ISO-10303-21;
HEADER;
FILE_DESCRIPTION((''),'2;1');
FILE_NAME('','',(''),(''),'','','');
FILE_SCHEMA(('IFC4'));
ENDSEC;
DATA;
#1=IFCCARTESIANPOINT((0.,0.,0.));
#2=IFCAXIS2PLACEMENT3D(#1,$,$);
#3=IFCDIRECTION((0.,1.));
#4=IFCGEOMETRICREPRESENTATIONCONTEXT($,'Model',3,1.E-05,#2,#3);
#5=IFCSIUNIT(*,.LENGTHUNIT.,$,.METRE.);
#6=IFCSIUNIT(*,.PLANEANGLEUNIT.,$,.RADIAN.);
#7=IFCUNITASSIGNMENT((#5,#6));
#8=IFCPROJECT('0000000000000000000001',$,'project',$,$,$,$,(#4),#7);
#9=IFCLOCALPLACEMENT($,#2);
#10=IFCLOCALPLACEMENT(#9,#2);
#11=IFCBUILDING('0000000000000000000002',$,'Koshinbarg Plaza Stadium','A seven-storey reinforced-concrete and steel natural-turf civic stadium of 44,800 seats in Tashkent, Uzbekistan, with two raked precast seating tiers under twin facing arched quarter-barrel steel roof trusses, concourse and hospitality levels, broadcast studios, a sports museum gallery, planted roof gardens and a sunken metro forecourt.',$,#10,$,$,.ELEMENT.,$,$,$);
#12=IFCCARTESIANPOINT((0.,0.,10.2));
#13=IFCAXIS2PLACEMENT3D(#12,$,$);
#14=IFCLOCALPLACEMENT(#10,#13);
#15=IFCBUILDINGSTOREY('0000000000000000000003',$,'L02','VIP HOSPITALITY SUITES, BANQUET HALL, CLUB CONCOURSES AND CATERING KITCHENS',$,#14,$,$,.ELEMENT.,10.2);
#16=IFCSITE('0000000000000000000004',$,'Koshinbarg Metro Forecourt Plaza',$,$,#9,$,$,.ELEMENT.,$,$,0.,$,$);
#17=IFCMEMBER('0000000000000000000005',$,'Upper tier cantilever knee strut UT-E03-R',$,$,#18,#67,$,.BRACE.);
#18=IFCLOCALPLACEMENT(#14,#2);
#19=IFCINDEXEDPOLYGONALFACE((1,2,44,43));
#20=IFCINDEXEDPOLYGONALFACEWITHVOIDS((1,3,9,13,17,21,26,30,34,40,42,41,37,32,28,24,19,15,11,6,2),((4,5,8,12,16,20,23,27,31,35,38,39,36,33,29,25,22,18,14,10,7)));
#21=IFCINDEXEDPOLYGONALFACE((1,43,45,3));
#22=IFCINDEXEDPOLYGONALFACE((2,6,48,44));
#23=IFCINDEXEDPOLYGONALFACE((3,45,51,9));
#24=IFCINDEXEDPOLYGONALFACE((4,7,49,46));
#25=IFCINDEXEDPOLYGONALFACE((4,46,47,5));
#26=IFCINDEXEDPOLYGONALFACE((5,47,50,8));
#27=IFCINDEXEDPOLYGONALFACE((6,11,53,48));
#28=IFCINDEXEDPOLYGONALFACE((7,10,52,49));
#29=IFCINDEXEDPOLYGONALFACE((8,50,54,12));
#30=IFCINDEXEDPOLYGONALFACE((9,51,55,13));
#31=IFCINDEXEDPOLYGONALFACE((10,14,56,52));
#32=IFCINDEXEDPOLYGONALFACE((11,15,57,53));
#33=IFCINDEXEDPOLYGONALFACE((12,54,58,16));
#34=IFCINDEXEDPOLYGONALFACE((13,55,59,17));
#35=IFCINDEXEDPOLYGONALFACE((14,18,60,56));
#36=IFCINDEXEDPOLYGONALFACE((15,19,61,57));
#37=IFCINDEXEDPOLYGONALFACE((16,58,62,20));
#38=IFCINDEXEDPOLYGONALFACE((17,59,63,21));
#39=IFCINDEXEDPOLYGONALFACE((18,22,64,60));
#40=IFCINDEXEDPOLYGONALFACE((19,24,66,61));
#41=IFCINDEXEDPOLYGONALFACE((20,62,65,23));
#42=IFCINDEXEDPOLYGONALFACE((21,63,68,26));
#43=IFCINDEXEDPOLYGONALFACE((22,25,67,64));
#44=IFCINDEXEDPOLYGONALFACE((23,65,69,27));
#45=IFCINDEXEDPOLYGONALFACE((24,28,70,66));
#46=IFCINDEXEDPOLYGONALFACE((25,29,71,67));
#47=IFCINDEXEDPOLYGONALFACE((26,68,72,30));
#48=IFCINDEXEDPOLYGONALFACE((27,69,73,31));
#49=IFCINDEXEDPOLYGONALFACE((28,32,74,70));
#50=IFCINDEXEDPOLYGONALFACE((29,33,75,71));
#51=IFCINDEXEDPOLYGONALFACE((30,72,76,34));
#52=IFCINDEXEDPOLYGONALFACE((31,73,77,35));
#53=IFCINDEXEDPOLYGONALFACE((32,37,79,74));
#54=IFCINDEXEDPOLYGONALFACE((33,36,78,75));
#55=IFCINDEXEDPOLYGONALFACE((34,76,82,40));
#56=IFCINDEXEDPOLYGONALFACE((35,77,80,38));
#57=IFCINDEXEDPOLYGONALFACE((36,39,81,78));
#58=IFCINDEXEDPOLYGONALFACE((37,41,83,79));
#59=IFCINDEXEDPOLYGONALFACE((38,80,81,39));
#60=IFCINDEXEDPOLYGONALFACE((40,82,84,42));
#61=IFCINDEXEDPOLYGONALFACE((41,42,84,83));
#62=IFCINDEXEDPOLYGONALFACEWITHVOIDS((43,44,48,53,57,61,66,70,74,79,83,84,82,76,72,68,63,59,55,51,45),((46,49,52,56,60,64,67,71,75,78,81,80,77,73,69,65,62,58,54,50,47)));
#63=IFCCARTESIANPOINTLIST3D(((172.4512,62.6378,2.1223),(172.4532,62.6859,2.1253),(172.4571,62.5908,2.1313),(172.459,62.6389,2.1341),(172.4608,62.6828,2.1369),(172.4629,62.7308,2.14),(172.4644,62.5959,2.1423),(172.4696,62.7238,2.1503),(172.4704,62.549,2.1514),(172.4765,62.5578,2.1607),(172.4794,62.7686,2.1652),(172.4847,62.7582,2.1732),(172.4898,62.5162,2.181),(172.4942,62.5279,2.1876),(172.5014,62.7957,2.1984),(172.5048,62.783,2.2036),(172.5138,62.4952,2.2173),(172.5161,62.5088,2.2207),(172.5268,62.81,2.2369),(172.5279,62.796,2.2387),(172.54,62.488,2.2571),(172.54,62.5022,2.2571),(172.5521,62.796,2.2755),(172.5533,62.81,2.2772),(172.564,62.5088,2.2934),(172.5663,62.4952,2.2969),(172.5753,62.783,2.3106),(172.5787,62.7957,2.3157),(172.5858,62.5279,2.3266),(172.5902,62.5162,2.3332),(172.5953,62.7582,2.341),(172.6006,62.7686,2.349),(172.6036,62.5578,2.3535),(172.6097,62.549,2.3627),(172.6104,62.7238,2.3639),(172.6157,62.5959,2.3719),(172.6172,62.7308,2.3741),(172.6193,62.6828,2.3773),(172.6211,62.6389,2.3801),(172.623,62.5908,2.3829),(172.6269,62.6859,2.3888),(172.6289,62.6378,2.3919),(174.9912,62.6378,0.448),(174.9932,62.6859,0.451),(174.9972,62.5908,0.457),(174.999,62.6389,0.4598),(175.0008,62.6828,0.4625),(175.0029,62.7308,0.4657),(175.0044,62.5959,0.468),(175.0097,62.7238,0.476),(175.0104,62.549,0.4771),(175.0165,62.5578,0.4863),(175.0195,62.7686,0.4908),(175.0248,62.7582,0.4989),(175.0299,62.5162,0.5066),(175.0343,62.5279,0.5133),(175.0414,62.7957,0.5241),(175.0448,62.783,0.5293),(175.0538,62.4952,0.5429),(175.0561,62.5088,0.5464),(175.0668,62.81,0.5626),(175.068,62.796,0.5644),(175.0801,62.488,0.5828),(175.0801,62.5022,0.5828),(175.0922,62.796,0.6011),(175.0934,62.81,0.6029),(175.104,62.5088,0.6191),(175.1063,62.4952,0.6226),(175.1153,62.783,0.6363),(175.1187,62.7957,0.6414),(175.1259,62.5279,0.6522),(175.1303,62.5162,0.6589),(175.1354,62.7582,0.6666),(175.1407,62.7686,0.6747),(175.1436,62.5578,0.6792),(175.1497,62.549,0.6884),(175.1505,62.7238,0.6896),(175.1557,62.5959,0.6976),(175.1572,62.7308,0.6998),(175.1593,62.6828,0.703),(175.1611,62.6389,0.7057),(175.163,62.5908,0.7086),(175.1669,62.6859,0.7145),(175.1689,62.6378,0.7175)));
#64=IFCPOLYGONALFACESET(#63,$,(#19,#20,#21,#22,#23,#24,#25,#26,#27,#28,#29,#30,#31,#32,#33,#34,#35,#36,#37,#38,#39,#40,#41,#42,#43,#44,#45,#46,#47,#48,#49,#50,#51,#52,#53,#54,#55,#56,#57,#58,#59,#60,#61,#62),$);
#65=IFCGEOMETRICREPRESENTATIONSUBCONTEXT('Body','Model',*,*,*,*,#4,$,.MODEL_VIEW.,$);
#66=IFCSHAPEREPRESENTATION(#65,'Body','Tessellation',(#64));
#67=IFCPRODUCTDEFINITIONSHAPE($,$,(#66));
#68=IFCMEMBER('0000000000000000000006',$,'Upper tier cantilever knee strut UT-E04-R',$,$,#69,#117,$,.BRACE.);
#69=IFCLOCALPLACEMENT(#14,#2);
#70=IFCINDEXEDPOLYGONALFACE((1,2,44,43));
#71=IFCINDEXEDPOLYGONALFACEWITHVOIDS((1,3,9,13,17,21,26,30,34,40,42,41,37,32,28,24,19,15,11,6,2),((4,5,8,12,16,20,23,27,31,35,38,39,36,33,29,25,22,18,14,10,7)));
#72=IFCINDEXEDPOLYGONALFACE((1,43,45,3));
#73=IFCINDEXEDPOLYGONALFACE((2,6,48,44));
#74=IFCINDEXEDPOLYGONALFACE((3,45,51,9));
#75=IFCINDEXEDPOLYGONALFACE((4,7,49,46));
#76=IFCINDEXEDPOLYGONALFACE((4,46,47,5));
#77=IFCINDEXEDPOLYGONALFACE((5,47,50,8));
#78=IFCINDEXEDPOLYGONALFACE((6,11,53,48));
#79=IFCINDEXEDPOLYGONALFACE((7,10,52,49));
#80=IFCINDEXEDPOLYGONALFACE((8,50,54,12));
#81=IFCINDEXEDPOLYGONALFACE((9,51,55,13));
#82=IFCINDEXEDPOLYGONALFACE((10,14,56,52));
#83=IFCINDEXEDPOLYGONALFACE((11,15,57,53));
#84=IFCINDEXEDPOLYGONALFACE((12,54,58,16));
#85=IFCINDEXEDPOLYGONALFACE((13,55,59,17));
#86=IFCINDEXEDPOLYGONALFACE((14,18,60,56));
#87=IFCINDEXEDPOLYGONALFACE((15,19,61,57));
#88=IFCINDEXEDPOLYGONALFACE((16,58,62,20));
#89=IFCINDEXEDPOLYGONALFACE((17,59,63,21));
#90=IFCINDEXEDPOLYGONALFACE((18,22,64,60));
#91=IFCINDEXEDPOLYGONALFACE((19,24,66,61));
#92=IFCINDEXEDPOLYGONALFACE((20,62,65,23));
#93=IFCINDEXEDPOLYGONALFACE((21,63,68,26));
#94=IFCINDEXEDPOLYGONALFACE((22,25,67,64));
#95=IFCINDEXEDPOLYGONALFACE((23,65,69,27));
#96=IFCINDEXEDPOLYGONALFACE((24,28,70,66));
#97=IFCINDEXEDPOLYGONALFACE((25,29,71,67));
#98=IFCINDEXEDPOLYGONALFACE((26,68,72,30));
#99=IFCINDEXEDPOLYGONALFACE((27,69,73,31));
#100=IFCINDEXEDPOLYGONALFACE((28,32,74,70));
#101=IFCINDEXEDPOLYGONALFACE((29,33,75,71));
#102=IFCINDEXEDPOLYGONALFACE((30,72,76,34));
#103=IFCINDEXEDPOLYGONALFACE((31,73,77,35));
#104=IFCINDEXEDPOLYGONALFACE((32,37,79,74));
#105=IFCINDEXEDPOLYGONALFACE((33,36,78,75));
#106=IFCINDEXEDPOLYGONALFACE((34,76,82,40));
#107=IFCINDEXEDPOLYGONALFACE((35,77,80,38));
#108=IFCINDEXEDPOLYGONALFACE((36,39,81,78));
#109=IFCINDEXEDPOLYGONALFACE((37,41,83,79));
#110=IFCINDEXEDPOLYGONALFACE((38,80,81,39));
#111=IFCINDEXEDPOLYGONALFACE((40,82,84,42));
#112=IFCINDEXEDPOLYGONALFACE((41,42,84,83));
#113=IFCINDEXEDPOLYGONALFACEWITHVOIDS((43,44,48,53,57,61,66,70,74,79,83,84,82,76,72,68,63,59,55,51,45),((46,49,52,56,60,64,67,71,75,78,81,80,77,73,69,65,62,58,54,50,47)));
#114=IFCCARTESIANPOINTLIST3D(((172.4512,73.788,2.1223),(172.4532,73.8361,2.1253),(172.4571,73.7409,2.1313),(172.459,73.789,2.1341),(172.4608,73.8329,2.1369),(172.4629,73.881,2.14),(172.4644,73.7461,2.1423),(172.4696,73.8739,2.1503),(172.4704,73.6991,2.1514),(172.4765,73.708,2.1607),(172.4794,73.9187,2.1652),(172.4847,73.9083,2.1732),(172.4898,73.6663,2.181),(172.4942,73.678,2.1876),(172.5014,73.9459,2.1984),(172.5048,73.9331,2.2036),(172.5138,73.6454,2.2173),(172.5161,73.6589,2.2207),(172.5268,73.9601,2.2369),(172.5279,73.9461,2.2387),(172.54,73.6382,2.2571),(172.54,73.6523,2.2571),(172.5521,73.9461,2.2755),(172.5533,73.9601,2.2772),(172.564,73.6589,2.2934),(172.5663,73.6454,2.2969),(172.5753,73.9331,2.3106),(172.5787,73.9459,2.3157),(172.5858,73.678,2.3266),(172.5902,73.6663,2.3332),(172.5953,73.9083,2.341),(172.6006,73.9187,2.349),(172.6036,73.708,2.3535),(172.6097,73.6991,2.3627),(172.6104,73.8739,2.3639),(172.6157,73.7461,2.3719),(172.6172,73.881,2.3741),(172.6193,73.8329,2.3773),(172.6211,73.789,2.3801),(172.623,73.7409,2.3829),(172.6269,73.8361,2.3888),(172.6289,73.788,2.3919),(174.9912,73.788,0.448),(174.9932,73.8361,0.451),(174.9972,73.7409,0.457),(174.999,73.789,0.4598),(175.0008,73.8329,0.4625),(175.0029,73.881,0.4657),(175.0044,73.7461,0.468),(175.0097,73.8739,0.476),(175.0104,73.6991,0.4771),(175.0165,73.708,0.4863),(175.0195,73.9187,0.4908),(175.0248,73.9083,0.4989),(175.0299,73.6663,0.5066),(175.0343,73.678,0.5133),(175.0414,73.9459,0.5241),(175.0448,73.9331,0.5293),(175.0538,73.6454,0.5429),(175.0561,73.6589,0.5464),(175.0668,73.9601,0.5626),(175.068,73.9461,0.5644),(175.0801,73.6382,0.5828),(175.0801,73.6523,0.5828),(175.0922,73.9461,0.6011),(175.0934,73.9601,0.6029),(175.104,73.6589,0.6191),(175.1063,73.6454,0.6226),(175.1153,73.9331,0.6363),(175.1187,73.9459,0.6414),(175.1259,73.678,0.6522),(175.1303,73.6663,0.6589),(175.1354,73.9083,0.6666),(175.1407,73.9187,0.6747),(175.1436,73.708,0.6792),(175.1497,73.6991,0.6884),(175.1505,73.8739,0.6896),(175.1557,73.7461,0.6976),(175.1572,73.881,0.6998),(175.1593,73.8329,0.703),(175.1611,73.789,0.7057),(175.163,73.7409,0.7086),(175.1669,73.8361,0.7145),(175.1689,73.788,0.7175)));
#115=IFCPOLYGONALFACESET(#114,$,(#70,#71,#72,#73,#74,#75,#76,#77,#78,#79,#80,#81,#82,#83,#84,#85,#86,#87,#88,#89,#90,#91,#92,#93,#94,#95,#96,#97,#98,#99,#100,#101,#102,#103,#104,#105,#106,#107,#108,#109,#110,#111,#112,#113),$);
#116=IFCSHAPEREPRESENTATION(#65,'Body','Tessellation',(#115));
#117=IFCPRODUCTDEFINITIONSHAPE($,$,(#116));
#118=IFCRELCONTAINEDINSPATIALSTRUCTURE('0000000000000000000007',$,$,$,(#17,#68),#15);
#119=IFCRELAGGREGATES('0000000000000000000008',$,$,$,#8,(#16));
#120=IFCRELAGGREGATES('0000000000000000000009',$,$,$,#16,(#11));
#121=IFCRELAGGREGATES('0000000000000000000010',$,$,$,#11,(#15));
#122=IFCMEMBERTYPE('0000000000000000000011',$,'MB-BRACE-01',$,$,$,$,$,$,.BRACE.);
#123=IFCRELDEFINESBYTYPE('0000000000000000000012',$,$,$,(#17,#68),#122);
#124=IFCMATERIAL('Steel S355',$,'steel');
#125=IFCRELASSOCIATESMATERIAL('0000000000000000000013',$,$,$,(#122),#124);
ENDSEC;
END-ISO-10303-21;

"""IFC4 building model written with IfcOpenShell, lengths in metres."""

from ifc_helpers import new_model, si_unit, direction, frame, origin, origin_2d, place, context, subcontext, project, spatial, hollow_circle, extrude, material, material_profile, profile_set, type_object, element, save


model = new_model("IFC4")

# Units and contexts
model_context = context("Model", 3, precision=1e-05, world=origin(), true_north=direction((0.0, 1.0)))
body_context = subcontext(model_context, "Body", "Model", "MODEL_VIEW")
ifc_project = project(units=[si_unit("LENGTHUNIT", "METRE"), si_unit("PLANEANGLEUNIT", "RADIAN")], contexts=[model_context])

# Site, building, storey
site_placement = place(None, origin())
site = spatial("IfcSite", under=ifc_project, at=site_placement, Name="Koshinbarg Metro Forecourt Plaza", CompositionType="ELEMENT", RefElevation=0.0)
building_placement = place(site_placement, origin())
building = spatial("IfcBuilding", under=site, at=building_placement, Name="Koshinbarg Plaza Stadium", Description="A seven-storey reinforced-concrete and steel natural-turf civic stadium of 44,800 seats in Tashkent, Uzbekistan, with two raked precast seating tiers under twin facing arched quarter-barrel steel roof trusses, concourse and hospitality levels, broadcast studios, a sports museum gallery, planted roof gardens and a sunken metro forecourt.", CompositionType="ELEMENT")
storey_placement = place(building_placement, frame((0.0, 0.0, 10.2)))
storey = spatial("IfcBuildingStorey", under=building, at=storey_placement, Name="L02", Description="VIP HOSPITALITY SUITES, BANQUET HALL, CLUB CONCOURSES AND CATERING KITCHENS", CompositionType="ELEMENT", Elevation=10.2)

# Shared definitions
ifc_material_1 = material(Name="Steel S355", Category="steel")

# Members
ifc_material_profile_1 = material_profile(ifc_material_1, hollow_circle(Radius=0.1619, WallThickness=0.0142, at=origin_2d()), Name="CHS 323.9x14.2")
ifc_profile_set_1 = profile_set([ifc_material_profile_1], Name="Steel S355")
member_type = type_object("IfcMemberType", Name="MB-BRACE-01", PredefinedType="BRACE", material=ifc_profile_set_1)
for number, where, z_axis, x_axis, name in (
    (1, (175.0801, 62.6499, 0.5828), (-0.834928, 0.0, 0.550359), (0.0, -1.0, 0.0), "Upper tier cantilever knee strut UT-E03-R"),
    (2, (175.0801, 73.8, 0.5828), (-0.834928, 0.0, 0.550359), (0.0, -1.0, 0.0), "Upper tier cantilever knee strut UT-E04-R"),
):
    element("IfcMember", number, at=place(storey_placement, frame(where, z_axis=z_axis, x_axis=x_axis)), inside=storey, type_object=member_type, Name=name, PredefinedType="BRACE", context=body_context, shape_type="SweptSolid", body=[
        extrude(hollow_circle(Radius=0.1619, WallThickness=0.0142, at=origin_2d()), origin(), (0.0, 0.0, 1.0), 3.0422),
    ])

save(model, "model.ifc")
